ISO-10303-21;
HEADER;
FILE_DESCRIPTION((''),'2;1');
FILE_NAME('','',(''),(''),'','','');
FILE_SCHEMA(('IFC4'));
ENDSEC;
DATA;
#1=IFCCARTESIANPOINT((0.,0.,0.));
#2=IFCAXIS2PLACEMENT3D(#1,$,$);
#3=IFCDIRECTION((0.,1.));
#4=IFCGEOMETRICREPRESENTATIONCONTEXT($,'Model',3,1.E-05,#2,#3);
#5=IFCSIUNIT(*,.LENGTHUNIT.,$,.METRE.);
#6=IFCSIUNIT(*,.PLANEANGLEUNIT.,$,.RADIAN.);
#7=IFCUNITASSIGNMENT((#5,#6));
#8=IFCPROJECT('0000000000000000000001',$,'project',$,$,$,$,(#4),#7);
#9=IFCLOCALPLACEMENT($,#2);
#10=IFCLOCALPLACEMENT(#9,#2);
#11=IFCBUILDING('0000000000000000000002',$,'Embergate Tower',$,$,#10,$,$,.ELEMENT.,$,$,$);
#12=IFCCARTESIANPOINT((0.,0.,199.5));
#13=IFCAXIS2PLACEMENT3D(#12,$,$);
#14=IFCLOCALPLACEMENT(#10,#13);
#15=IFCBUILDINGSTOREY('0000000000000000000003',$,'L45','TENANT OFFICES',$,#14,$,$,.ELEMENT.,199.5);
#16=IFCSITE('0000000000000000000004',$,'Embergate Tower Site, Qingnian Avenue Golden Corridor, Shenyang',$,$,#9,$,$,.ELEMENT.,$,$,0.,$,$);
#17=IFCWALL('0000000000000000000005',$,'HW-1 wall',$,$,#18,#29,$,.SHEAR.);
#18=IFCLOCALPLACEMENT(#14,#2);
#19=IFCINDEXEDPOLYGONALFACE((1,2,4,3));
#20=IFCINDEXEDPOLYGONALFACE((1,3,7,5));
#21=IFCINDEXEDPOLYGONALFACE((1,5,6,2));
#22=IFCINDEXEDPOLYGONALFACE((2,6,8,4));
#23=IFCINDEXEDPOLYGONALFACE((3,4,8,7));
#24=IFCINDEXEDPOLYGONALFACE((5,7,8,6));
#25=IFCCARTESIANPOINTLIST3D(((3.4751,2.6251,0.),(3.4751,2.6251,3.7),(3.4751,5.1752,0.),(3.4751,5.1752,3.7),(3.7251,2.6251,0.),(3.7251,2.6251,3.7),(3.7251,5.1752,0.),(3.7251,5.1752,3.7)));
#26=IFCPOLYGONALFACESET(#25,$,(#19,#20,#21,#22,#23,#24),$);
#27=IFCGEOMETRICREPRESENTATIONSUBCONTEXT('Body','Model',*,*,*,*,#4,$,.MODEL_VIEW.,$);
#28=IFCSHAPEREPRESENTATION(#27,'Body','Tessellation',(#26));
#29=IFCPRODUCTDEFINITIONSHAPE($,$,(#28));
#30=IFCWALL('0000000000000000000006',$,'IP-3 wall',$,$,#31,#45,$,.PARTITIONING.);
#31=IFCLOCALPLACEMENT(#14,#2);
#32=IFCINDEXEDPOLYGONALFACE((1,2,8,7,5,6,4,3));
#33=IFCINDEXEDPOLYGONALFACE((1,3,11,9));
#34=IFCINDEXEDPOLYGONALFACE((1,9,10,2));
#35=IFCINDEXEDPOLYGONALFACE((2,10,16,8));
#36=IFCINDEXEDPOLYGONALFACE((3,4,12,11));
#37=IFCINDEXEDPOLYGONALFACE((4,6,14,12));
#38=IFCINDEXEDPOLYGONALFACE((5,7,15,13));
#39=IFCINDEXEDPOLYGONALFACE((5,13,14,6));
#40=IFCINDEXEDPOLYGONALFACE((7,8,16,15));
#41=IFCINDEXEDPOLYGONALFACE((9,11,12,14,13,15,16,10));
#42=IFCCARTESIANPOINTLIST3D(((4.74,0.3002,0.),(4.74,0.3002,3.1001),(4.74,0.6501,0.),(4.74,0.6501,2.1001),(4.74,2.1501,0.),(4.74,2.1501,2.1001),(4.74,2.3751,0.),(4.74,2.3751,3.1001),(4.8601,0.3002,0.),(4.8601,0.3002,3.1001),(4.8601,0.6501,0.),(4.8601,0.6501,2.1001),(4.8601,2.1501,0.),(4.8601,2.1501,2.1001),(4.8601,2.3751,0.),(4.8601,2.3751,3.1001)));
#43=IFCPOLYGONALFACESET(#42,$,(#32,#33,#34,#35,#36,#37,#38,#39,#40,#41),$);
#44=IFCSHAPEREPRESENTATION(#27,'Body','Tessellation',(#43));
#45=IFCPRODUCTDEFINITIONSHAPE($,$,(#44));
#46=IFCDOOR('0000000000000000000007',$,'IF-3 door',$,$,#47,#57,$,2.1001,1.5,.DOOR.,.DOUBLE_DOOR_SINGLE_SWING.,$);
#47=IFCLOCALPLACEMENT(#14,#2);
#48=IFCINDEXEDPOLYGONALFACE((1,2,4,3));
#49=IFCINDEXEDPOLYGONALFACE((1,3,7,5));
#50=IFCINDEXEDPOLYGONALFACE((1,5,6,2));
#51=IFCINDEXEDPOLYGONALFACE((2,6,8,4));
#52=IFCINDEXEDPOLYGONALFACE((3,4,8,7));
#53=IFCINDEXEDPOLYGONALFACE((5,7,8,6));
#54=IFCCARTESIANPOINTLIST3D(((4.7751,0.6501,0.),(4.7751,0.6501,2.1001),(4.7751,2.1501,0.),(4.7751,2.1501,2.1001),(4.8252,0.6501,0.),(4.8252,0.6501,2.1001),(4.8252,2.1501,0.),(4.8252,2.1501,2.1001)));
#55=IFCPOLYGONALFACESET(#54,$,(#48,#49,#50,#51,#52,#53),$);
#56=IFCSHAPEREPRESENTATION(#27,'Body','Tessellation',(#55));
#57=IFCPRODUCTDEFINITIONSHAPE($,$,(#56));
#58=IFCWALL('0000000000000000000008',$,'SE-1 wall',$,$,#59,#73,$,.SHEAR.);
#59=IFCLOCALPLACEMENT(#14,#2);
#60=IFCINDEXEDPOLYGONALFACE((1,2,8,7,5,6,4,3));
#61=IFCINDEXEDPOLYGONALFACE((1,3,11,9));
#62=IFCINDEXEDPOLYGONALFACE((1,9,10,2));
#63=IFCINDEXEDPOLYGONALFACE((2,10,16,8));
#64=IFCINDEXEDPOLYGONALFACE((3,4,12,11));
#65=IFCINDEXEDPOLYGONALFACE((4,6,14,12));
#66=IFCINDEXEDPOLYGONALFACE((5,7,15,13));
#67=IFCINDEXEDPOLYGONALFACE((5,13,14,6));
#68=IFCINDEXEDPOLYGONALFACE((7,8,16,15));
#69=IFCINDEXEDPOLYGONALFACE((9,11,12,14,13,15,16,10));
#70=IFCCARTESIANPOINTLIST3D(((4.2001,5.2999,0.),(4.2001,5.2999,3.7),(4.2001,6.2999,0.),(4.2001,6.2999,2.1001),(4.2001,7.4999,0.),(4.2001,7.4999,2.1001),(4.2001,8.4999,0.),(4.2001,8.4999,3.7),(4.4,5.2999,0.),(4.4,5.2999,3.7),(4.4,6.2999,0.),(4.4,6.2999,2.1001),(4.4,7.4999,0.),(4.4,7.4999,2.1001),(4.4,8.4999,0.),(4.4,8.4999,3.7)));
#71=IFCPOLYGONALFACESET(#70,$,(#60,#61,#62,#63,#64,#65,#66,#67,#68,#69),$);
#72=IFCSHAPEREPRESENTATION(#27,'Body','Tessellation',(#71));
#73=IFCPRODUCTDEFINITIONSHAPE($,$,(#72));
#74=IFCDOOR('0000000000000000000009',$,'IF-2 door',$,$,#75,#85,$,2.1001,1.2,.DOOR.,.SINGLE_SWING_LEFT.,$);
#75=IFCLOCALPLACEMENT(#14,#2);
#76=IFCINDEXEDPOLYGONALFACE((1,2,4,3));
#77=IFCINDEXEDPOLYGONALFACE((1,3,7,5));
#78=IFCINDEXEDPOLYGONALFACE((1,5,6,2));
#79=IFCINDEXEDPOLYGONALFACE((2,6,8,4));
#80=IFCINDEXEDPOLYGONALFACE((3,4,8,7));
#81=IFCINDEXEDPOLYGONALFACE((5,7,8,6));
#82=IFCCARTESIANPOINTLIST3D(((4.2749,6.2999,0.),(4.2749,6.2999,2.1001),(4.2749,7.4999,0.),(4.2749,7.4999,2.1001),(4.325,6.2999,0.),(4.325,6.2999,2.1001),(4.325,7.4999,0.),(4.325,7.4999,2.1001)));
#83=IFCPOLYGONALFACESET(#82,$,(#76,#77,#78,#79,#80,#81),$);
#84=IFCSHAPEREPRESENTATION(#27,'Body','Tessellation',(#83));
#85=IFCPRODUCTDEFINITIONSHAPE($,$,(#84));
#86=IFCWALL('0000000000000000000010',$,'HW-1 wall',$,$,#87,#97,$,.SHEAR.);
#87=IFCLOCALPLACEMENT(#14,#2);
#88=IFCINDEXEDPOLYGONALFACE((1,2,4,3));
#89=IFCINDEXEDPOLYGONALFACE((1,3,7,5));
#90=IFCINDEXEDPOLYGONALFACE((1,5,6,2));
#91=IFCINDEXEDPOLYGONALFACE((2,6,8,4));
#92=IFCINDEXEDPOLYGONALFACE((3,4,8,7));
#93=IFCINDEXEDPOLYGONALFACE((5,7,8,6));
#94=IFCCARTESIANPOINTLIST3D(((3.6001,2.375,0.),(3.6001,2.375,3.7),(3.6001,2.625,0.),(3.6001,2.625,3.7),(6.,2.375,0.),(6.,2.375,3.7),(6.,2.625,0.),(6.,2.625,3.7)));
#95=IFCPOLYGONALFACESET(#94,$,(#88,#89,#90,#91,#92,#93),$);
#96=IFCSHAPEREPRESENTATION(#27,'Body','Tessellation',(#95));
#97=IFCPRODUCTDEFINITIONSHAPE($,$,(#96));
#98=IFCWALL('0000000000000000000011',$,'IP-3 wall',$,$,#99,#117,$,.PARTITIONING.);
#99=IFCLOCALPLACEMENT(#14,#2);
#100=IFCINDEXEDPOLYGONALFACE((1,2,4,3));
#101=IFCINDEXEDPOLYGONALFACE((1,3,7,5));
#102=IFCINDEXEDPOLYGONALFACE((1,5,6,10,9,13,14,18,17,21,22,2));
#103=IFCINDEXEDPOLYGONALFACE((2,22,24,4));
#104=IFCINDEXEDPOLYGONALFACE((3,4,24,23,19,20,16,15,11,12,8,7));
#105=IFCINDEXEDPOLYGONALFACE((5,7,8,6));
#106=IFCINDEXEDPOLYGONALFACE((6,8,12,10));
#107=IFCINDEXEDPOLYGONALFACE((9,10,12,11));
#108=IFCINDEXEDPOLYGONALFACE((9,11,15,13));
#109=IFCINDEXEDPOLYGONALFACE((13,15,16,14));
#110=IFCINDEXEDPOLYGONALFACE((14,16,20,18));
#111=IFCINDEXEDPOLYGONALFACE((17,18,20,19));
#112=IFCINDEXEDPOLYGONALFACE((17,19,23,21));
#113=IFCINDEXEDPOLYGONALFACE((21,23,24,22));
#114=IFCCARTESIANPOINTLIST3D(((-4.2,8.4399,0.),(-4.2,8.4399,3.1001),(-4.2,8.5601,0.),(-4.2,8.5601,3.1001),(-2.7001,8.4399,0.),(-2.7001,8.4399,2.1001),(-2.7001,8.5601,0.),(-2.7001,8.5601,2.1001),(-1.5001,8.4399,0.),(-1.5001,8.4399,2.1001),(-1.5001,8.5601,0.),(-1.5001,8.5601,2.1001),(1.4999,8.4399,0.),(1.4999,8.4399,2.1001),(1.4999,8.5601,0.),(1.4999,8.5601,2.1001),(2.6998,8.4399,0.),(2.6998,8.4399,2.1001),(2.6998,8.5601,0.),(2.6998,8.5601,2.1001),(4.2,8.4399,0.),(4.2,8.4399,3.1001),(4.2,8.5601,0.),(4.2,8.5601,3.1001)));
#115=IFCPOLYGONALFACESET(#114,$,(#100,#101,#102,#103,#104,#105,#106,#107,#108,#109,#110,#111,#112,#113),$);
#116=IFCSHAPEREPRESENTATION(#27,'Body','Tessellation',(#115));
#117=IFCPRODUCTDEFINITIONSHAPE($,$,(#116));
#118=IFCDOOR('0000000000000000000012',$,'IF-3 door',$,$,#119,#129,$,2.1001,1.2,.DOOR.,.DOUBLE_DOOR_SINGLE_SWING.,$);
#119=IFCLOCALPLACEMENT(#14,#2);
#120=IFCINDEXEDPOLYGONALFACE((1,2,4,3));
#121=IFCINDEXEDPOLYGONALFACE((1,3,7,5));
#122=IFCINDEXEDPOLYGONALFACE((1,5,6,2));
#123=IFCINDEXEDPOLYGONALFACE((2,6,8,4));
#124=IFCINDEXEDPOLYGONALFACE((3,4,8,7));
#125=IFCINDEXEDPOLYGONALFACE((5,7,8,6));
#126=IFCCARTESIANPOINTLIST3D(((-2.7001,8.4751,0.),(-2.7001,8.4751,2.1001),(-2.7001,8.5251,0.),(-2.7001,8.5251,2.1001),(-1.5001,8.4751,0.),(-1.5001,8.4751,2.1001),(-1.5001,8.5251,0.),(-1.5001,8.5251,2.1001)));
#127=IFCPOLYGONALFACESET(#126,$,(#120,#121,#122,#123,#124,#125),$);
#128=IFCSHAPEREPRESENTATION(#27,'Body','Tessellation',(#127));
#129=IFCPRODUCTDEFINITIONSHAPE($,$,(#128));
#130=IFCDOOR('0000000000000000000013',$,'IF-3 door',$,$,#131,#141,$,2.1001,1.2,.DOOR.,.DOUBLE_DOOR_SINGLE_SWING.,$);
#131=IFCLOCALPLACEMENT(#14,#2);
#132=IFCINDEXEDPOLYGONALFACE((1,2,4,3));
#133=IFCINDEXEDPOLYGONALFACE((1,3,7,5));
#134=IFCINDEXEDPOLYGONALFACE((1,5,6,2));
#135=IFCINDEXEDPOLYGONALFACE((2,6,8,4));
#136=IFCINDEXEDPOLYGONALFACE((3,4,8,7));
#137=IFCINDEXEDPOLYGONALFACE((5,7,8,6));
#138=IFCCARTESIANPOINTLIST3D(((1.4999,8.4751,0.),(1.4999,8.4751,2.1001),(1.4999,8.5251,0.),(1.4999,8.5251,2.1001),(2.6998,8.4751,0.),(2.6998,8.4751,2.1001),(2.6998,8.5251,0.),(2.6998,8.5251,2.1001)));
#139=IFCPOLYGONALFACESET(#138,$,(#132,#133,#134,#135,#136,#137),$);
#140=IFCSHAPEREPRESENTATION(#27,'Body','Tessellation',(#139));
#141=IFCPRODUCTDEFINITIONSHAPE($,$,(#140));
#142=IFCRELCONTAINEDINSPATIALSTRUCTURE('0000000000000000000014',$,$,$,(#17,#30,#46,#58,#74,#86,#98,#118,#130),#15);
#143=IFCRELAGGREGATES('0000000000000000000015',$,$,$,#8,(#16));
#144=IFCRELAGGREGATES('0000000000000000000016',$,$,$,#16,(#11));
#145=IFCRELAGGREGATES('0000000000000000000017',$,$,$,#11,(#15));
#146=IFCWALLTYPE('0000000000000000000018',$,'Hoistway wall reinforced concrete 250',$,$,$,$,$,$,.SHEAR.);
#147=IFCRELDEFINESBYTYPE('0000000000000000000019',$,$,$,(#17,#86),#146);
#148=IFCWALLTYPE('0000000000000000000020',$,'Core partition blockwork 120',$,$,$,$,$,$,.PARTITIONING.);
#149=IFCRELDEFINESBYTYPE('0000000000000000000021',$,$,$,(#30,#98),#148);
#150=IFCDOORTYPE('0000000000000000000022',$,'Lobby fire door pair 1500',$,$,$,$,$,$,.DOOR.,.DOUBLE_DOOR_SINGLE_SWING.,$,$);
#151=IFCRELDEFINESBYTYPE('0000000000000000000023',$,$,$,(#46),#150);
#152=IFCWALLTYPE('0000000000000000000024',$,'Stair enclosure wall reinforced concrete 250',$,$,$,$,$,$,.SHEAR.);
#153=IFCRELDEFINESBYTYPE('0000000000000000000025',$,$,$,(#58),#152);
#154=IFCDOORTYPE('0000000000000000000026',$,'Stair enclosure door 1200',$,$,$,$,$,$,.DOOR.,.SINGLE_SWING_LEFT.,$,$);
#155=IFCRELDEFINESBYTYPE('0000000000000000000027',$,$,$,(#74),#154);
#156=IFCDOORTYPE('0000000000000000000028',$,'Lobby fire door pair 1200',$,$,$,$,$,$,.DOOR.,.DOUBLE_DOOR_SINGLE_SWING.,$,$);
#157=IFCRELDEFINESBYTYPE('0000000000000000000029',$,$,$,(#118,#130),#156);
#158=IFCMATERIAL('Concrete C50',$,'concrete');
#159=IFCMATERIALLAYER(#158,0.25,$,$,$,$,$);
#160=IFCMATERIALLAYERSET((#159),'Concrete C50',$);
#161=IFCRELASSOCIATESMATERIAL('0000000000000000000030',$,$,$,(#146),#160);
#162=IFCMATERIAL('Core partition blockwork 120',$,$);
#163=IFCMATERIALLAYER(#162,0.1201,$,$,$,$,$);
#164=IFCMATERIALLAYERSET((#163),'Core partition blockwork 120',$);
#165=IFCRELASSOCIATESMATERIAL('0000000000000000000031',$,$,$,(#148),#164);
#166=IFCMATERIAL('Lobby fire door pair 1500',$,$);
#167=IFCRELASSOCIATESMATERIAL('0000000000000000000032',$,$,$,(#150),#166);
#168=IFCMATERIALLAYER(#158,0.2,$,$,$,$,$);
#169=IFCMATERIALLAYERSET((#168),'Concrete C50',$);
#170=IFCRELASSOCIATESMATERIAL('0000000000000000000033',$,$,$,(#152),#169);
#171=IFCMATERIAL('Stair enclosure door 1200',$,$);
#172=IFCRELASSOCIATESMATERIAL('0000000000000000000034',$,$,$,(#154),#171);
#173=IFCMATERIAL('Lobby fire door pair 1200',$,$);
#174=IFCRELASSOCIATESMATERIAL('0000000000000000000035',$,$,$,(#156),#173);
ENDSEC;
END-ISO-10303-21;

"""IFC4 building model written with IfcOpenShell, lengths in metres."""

from ifc_helpers import new_model, si_unit, direction, frame, frame_2d, origin, place, context, subcontext, project, spatial, rectangle, extrude, source, transform, mapped, material, layer, layer_set, type_object, element, fill, save


model = new_model("IFC4")

# Units and contexts
model_context = context("Model", 3, precision=1e-05, world=origin(), true_north=direction((0.0, 1.0)))
body_context = subcontext(model_context, "Body", "Model", "MODEL_VIEW")
ifc_project = project(units=[si_unit("LENGTHUNIT", "METRE"), si_unit("PLANEANGLEUNIT", "RADIAN")], contexts=[model_context])

# Site, building, storey
site_placement = place(None, origin())
site = spatial("IfcSite", under=ifc_project, at=site_placement, Name="Embergate Tower Site, Qingnian Avenue Golden Corridor, Shenyang", CompositionType="ELEMENT", RefElevation=0.0)
building_placement = place(site_placement, origin())
building = spatial("IfcBuilding", under=site, at=building_placement, Name="Embergate Tower", CompositionType="ELEMENT")
storey_placement = place(building_placement, frame((0.0, 0.0, 199.5)))
storey = spatial("IfcBuildingStorey", under=building, at=storey_placement, Name="L45", Description="TENANT OFFICES", CompositionType="ELEMENT", Elevation=199.5)

# Wall
ifc_material_1 = material(Name="Concrete C50", Category="concrete")
ifc_layer_1 = layer(ifc_material_1, 0.25)
ifc_layer_set_1 = layer_set([ifc_layer_1], Name="Concrete C50")
wall_type_1 = type_object("IfcWallType", Name="Hoistway wall reinforced concrete 250", PredefinedType="SHEAR", material=ifc_layer_set_1)
shared_shape_1 = source(origin(), body_context, "Body", "SweptSolid", [
    extrude(rectangle(XDim=2.55, YDim=0.25, at=frame_2d((1.2749, 0.0))), origin(), (0.0, 0.0, 1.0), 3.7),
])
wall_1_placement = place(storey_placement, frame((3.6001, 5.175, 0.0), z_axis=(0.0, 0.0, 1.0), x_axis=(0.0, -1.0, 0.0)))
element("IfcWall", 1, at=wall_1_placement, inside=storey, type_object=wall_type_1, Name="HW-1 wall", PredefinedType="SHEAR", context=body_context, shape_type="MappedRepresentation", body=[
    mapped(shared_shape_1, transform((0.0, 0.0, 0.0))),
])

# Walls, openings, doors
ifc_material_2 = material(Name="Core partition blockwork 120")
ifc_layer_2 = layer(ifc_material_2, 0.1201)
ifc_layer_set_2 = layer_set([ifc_layer_2], Name="Core partition blockwork 120")
wall_type_2 = type_object("IfcWallType", Name="Core partition blockwork 120", PredefinedType="PARTITIONING", material=ifc_layer_set_2)
shared_shape_2 = source(origin(), body_context, "Body", "SweptSolid", [
    extrude(rectangle(XDim=2.075, YDim=0.1201, at=frame_2d((1.0376, 0.0))), origin(), (0.0, 0.0, 1.0), 3.1001),
])
wall_2_placement = place(storey_placement, frame((4.8, 0.3, 0.0), z_axis=(0.0, 0.0, 1.0), x_axis=(0.0, 1.0, 0.0)))
wall_2 = element("IfcWall", 2, at=wall_2_placement, inside=storey, type_object=wall_type_2, Name="IP-3 wall", PredefinedType="PARTITIONING", context=body_context, shape_type="MappedRepresentation", body=[
    mapped(shared_shape_2, transform((0.0, 0.0, 0.0))),
])
shared_shape_3 = source(origin(), body_context, "Body", "SweptSolid", [
    extrude(rectangle(XDim=1.5, YDim=2.1001, at=frame_2d((0.75, 1.05))), frame((0.0, 0.0701, 0.0), z_axis=(0.0, -1.0, 0.0), x_axis=(1.0, 0.0, 0.0)), (0.0, 0.0, 1.0), 0.1401),
])
opening_1_placement = place(wall_2_placement, frame((0.3501, 0.0, 0.0)))
opening_1 = element("IfcOpeningElement", 3, at=opening_1_placement, cuts=wall_2, PredefinedType="OPENING", context=body_context, shape_type="MappedRepresentation", body=[
    mapped(shared_shape_3, transform((0.0, 0.0, 0.0))),
])
ifc_material_3 = material(Name="Lobby fire door pair 1500")
door_type_1 = type_object("IfcDoorType", Name="Lobby fire door pair 1500", OperationType="DOUBLE_DOOR_SINGLE_SWING", PredefinedType="DOOR", material=ifc_material_3)
shared_shape_4 = source(origin(), body_context, "Body", "SweptSolid", [
    extrude(rectangle(XDim=1.5, YDim=2.1001, at=frame_2d((0.75, 1.05))), frame((0.0, 0.0249, 0.0), z_axis=(0.0, -1.0, 0.0), x_axis=(1.0, 0.0, 0.0)), (0.0, 0.0, 1.0), 0.05),
])
door_1_placement = place(opening_1_placement, origin())
door_1 = element("IfcDoor", 4, at=door_1_placement, inside=storey, type_object=door_type_1, Name="IF-3 door", OperationType="DOUBLE_DOOR_SINGLE_SWING", OverallHeight=2.1001, OverallWidth=1.5, PredefinedType="DOOR", context=body_context, shape_type="MappedRepresentation", body=[
    mapped(shared_shape_4, transform((0.0, 0.0, 0.0))),
])
fill(opening_1, door_1)
ifc_layer_3 = layer(ifc_material_1, 0.2)
ifc_layer_set_3 = layer_set([ifc_layer_3], Name="Concrete C50")
wall_type_3 = type_object("IfcWallType", Name="Stair enclosure wall reinforced concrete 250", PredefinedType="SHEAR", material=ifc_layer_set_3)
shared_shape_5 = source(origin(), body_context, "Body", "SweptSolid", [
    extrude(rectangle(XDim=3.2, YDim=0.2, at=frame_2d((1.6001, 0.0))), origin(), (0.0, 0.0, 1.0), 3.7),
])
wall_3_placement = place(storey_placement, frame((4.3, 8.5, 0.0), z_axis=(0.0, 0.0, 1.0), x_axis=(0.0, -1.0, 0.0)))
wall_3 = element("IfcWall", 5, at=wall_3_placement, inside=storey, type_object=wall_type_3, Name="SE-1 wall", PredefinedType="SHEAR", context=body_context, shape_type="MappedRepresentation", body=[
    mapped(shared_shape_5, transform((0.0, 0.0, 0.0))),
])
shared_shape_6 = source(origin(), body_context, "Body", "SweptSolid", [
    extrude(rectangle(XDim=1.2, YDim=2.1001, at=frame_2d((0.6001, 1.05))), frame((0.0, 0.1099, 0.0), z_axis=(0.0, -1.0, 0.0), x_axis=(1.0, 0.0, 0.0)), (0.0, 0.0, 1.0), 0.22),
])
opening_2_placement = place(wall_3_placement, frame((1.0, 0.0, 0.0)))
opening_2 = element("IfcOpeningElement", 6, at=opening_2_placement, cuts=wall_3, PredefinedType="OPENING", context=body_context, shape_type="MappedRepresentation", body=[
    mapped(shared_shape_6, transform((0.0, 0.0, 0.0))),
])
ifc_material_4 = material(Name="Stair enclosure door 1200")
door_type_2 = type_object("IfcDoorType", Name="Stair enclosure door 1200", OperationType="SINGLE_SWING_LEFT", PredefinedType="DOOR", material=ifc_material_4)
shared_shape_7 = source(origin(), body_context, "Body", "SweptSolid", [
    extrude(rectangle(XDim=1.2, YDim=2.1001, at=frame_2d((0.6001, 1.05))), frame((0.0, 0.0249, 0.0), z_axis=(0.0, -1.0, 0.0), x_axis=(1.0, 0.0, 0.0)), (0.0, 0.0, 1.0), 0.05),
])
door_2_placement = place(opening_2_placement, origin())
door_2 = element("IfcDoor", 7, at=door_2_placement, inside=storey, type_object=door_type_2, Name="IF-2 door", OperationType="SINGLE_SWING_LEFT", OverallHeight=2.1001, OverallWidth=1.2, PredefinedType="DOOR", context=body_context, shape_type="MappedRepresentation", body=[
    mapped(shared_shape_7, transform((0.0, 0.0, 0.0))),
])
fill(opening_2, door_2)

# Wall
shared_shape_8 = source(origin(), body_context, "Body", "SweptSolid", [
    extrude(rectangle(XDim=2.3999, YDim=0.25, at=frame_2d((1.2, 0.0))), origin(), (0.0, 0.0, 1.0), 3.7),
])
wall_4_placement = place(storey_placement, frame((3.6001, 2.5, 0.0), z_axis=(0.0, 0.0, 1.0), x_axis=(1.0, 0.0, 0.0)))
element("IfcWall", 8, at=wall_4_placement, inside=storey, type_object=wall_type_1, Name="HW-1 wall", PredefinedType="SHEAR", context=body_context, shape_type="MappedRepresentation", body=[
    mapped(shared_shape_8, transform((0.0, 0.0, 0.0))),
])

# Wall, openings, doors
shared_shape_9 = source(origin(), body_context, "Body", "SweptSolid", [
    extrude(rectangle(XDim=8.3999, YDim=0.1201, at=frame_2d((4.2, 0.0))), origin(), (0.0, 0.0, 1.0), 3.1001),
])
wall_5_placement = place(storey_placement, frame((4.2, 8.5, 0.0), z_axis=(0.0, 0.0, 1.0), x_axis=(-1.0, 0.0, 0.0)))
wall_5 = element("IfcWall", 9, at=wall_5_placement, inside=storey, type_object=wall_type_2, Name="IP-3 wall", PredefinedType="PARTITIONING", context=body_context, shape_type="MappedRepresentation", body=[
    mapped(shared_shape_9, transform((0.0, 0.0, 0.0))),
])
shared_shape_10 = source(origin(), body_context, "Body", "SweptSolid", [
    extrude(rectangle(XDim=1.2, YDim=2.1001, at=frame_2d((0.6001, 1.05))), frame((0.0, 0.0701, 0.0), z_axis=(0.0, -1.0, 0.0), x_axis=(1.0, 0.0, 0.0)), (0.0, 0.0, 1.0), 0.1401),
])
opening_3_placement = place(wall_5_placement, frame((5.7, 0.0, 0.0)))
opening_3 = element("IfcOpeningElement", 10, at=opening_3_placement, cuts=wall_5, PredefinedType="OPENING", context=body_context, shape_type="MappedRepresentation", body=[
    mapped(shared_shape_10, transform((0.0, 0.0, 0.0))),
])
opening_4_placement = place(wall_5_placement, frame((1.5, 0.0, 0.0)))
opening_4 = element("IfcOpeningElement", 11, at=opening_4_placement, cuts=wall_5, PredefinedType="OPENING", context=body_context, shape_type="MappedRepresentation", body=[
    mapped(shared_shape_10, transform((0.0, 0.0, 0.0))),
])
ifc_material_5 = material(Name="Lobby fire door pair 1200")
door_type_3 = type_object("IfcDoorType", Name="Lobby fire door pair 1200", OperationType="DOUBLE_DOOR_SINGLE_SWING", PredefinedType="DOOR", material=ifc_material_5)
door_3_placement = place(opening_3_placement, origin())
door_3 = element("IfcDoor", 12, at=door_3_placement, inside=storey, type_object=door_type_3, Name="IF-3 door", OperationType="DOUBLE_DOOR_SINGLE_SWING", OverallHeight=2.1001, OverallWidth=1.2, PredefinedType="DOOR", context=body_context, shape_type="MappedRepresentation", body=[
    mapped(shared_shape_7, transform((0.0, 0.0, 0.0))),
])
fill(opening_3, door_3)
door_4_placement = place(opening_4_placement, origin())
door_4 = element("IfcDoor", 13, at=door_4_placement, inside=storey, type_object=door_type_3, Name="IF-3 door", OperationType="DOUBLE_DOOR_SINGLE_SWING", OverallHeight=2.1001, OverallWidth=1.2, PredefinedType="DOOR", context=body_context, shape_type="MappedRepresentation", body=[
    mapped(shared_shape_7, transform((0.0, 0.0, 0.0))),
])
fill(opening_4, door_4)

save(model, "model.ifc")
